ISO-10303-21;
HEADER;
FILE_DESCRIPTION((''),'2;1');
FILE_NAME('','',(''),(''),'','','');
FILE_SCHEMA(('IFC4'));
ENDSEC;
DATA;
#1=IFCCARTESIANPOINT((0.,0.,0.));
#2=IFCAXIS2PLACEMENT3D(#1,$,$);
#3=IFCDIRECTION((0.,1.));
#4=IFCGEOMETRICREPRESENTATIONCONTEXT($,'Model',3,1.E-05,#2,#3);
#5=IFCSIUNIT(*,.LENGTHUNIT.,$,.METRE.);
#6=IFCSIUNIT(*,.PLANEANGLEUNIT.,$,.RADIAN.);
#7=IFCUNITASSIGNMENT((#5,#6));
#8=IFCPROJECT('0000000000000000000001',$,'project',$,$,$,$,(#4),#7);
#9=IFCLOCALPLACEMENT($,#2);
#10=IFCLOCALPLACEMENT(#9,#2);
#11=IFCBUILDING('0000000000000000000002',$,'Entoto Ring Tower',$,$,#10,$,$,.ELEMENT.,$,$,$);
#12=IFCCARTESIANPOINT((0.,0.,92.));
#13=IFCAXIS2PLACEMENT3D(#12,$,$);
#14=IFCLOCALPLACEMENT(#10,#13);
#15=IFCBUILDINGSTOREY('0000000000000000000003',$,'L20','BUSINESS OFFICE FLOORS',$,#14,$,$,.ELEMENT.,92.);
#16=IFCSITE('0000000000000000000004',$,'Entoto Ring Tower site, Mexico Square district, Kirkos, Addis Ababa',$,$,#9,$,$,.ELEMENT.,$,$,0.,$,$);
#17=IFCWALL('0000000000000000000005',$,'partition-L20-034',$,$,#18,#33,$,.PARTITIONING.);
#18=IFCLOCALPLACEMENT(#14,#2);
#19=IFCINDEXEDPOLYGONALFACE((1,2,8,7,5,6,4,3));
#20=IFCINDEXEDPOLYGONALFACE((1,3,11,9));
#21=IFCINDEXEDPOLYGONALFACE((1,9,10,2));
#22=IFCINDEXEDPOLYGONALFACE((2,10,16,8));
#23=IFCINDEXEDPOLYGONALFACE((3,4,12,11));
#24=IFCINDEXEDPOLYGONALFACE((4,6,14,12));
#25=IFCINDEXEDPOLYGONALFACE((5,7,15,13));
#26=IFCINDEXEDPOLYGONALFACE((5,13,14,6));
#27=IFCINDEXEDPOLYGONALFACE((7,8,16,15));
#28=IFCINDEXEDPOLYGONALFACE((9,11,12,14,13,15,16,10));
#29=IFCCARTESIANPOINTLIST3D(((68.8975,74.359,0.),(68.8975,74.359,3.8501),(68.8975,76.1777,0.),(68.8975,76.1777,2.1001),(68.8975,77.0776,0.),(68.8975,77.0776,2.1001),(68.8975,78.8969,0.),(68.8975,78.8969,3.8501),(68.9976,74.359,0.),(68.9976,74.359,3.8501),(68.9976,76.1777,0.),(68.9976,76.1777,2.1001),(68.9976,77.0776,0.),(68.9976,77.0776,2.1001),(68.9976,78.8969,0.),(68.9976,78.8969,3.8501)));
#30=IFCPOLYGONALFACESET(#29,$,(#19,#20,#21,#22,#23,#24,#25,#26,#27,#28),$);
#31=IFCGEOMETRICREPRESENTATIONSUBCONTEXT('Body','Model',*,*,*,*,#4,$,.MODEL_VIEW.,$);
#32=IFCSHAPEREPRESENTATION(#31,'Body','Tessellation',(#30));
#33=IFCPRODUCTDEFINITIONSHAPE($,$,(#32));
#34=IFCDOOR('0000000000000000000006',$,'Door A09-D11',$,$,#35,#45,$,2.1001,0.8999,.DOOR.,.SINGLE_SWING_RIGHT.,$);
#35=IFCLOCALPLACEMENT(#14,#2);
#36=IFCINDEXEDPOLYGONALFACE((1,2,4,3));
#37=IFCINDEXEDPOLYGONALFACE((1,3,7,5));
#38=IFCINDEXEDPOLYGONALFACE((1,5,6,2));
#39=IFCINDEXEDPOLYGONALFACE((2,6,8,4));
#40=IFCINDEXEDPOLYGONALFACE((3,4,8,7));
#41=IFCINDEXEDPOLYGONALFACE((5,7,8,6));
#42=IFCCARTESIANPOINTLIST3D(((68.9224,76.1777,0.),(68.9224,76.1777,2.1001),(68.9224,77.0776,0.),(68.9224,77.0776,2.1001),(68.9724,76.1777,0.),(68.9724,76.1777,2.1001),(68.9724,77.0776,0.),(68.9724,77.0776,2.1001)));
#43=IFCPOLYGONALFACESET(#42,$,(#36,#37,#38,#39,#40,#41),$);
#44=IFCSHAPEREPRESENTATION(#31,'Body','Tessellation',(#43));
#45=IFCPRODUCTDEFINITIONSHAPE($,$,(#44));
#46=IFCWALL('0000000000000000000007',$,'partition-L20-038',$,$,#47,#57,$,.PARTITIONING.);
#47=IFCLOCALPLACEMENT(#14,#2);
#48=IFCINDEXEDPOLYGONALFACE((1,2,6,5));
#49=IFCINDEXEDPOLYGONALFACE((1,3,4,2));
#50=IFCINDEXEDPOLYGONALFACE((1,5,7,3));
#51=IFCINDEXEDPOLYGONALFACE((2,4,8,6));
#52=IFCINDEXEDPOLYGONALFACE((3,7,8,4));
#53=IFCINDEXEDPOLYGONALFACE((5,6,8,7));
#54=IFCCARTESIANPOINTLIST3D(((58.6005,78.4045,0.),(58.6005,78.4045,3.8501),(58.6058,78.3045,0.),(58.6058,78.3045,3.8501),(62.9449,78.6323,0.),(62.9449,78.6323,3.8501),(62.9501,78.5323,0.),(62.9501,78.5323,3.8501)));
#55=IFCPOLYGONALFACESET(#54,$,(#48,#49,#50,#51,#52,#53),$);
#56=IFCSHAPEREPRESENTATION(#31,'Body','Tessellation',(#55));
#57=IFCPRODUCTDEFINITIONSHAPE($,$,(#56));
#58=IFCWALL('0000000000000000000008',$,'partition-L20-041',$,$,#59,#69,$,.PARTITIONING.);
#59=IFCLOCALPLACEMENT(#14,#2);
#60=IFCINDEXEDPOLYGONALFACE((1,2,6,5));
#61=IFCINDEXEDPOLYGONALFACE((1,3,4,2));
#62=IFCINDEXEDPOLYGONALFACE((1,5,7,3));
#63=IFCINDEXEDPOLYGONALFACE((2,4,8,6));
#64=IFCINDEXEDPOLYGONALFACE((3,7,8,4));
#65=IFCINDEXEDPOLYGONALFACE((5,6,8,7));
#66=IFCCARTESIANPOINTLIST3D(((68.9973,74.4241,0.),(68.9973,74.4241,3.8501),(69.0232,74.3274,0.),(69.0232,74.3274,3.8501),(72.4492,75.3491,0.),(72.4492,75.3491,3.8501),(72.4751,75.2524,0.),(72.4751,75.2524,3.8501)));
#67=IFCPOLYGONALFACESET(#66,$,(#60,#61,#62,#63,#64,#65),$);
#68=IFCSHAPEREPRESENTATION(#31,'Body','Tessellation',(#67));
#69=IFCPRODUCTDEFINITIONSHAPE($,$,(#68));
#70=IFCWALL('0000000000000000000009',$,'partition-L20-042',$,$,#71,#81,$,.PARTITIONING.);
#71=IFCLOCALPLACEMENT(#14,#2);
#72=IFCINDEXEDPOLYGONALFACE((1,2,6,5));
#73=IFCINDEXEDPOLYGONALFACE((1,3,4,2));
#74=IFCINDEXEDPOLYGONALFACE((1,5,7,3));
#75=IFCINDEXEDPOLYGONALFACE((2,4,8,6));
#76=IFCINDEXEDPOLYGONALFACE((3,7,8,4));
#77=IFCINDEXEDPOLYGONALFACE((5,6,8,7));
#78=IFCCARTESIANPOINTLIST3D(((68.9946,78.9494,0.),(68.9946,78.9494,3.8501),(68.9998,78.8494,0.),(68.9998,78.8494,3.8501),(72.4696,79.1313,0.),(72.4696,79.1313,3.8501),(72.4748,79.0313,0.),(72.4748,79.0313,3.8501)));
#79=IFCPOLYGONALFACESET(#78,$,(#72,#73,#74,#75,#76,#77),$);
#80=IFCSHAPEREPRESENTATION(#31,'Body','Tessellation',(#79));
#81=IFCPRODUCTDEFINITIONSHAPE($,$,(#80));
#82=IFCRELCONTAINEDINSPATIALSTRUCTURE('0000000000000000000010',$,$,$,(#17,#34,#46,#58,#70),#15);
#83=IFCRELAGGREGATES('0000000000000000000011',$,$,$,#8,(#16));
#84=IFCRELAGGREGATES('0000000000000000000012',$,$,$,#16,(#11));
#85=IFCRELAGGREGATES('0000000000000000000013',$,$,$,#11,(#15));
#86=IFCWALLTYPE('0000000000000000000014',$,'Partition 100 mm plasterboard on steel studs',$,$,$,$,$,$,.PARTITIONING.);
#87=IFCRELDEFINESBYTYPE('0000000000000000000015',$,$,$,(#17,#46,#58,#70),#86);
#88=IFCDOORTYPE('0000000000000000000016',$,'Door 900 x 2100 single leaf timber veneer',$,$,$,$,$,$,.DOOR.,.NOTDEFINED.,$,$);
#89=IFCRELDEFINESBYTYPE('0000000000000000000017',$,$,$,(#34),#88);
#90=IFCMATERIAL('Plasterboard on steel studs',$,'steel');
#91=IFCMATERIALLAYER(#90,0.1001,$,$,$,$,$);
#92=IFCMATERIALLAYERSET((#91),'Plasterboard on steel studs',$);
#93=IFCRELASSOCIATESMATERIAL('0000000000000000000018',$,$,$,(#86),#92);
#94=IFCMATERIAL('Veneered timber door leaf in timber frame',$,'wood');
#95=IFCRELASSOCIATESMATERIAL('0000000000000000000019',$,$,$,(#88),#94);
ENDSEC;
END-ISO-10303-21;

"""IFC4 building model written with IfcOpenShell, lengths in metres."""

from ifc_helpers import new_model, si_unit, direction, frame, frame_2d, origin, place, context, subcontext, project, spatial, rectangle, extrude, material, layer, layer_set, type_object, element, fill, save


model = new_model("IFC4")

# Units and contexts
model_context = context("Model", 3, precision=1e-05, world=origin(), true_north=direction((0.0, 1.0)))
body_context = subcontext(model_context, "Body", "Model", "MODEL_VIEW")
ifc_project = project(units=[si_unit("LENGTHUNIT", "METRE"), si_unit("PLANEANGLEUNIT", "RADIAN")], contexts=[model_context])

# Site, building, storey
site_placement = place(None, origin())
site = spatial("IfcSite", under=ifc_project, at=site_placement, Name="Entoto Ring Tower site, Mexico Square district, Kirkos, Addis Ababa", CompositionType="ELEMENT", RefElevation=0.0)
building_placement = place(site_placement, origin())
building = spatial("IfcBuilding", under=site, at=building_placement, Name="Entoto Ring Tower", CompositionType="ELEMENT")
storey_placement = place(building_placement, frame((0.0, 0.0, 92.0)))
storey = spatial("IfcBuildingStorey", under=building, at=storey_placement, Name="L20", Description="BUSINESS OFFICE FLOORS", CompositionType="ELEMENT", Elevation=92.0)

# Shared definitions
ifc_material_1 = material(Name="Plasterboard on steel studs", Category="steel")
ifc_layer = layer(ifc_material_1, 0.1001)
ifc_layer_set = layer_set([ifc_layer], Name="Plasterboard on steel studs")
wall_type = type_object("IfcWallType", Name="Partition 100 mm plasterboard on steel studs", PredefinedType="PARTITIONING", material=ifc_layer_set)
ifc_material_2 = material(Name="Veneered timber door leaf in timber frame", Category="wood")
door_type = type_object("IfcDoorType", Name="Door 900 x 2100 single leaf timber veneer", OperationType="NOTDEFINED", PredefinedType="DOOR", material=ifc_material_2)

# Wall, opening, door
wall_1_placement = place(storey_placement, frame((68.9475, 74.3589, 0.0), z_axis=(0.0, 0.0, 1.0), x_axis=(0.0, 1.0, 0.0)))
wall_1 = element("IfcWall", 1, at=wall_1_placement, inside=storey, type_object=wall_type, Name="partition-L20-034", PredefinedType="PARTITIONING", context=body_context, shape_type="SweptSolid", body=[
    extrude(rectangle(XDim=4.5378, YDim=0.1001, at=frame_2d((2.269, 0.0))), origin(), (0.0, 0.0, 1.0), 3.8501),
])
opening_1_placement = place(wall_1_placement, frame((1.8188, 0.0, 0.0)))
opening_1 = element("IfcOpeningElement", 2, at=opening_1_placement, cuts=wall_1, PredefinedType="OPENING", context=body_context, shape_type="SweptSolid", body=[
    extrude(rectangle(XDim=0.8999, YDim=2.1001, at=frame_2d((0.45, 1.05))), frame((0.0, 0.0601, 0.0), z_axis=(0.0, -1.0, 0.0), x_axis=(1.0, 0.0, 0.0)), (0.0, 0.0, 1.0), 0.1201),
])
door_1_placement = place(opening_1_placement, frame((0.8999, 0.0, 0.0), z_axis=(0.0, 0.0, 1.0), x_axis=(-1.0, 0.0, 0.0)))
door_1 = element("IfcDoor", 3, at=door_1_placement, inside=storey, type_object=door_type, Name="Door A09-D11", OperationType="SINGLE_SWING_RIGHT", OverallHeight=2.1001, OverallWidth=0.8999, PredefinedType="DOOR", context=body_context, shape_type="SweptSolid", body=[
    extrude(rectangle(XDim=0.8999, YDim=2.1001, at=frame_2d((0.45, 1.05))), frame((0.0, 0.0249, 0.0), z_axis=(0.0, -1.0, 0.0), x_axis=(1.0, 0.0, 0.0)), (0.0, 0.0, 1.0), 0.05),
])
fill(opening_1, door_1)

# Walls
wall_2_placement = place(storey_placement, frame((58.603, 78.3545, 0.0), z_axis=(0.0, 0.0, 1.0), x_axis=(0.998628, 0.052359, 0.0)))
element("IfcWall", 4, at=wall_2_placement, inside=storey, type_object=wall_type, Name="partition-L20-038", PredefinedType="PARTITIONING", context=body_context, shape_type="SweptSolid", body=[
    extrude(rectangle(XDim=4.3503, YDim=0.1001, at=frame_2d((2.1753, 0.0))), origin(), (0.0, 0.0, 1.0), 3.8501),
])
wall_3_placement = place(storey_placement, frame((69.0103, 74.3757, 0.0), z_axis=(0.0, 0.0, 1.0), x_axis=(0.965918, 0.258849, 0.0)))
element("IfcWall", 5, at=wall_3_placement, inside=storey, type_object=wall_type, Name="partition-L20-041", PredefinedType="PARTITIONING", context=body_context, shape_type="SweptSolid", body=[
    extrude(rectangle(XDim=3.5737, YDim=0.1001, at=frame_2d((1.7869, 0.0))), origin(), (0.0, 0.0, 1.0), 3.8501),
])
wall_4_placement = place(storey_placement, frame((68.9973, 78.8994, 0.0), z_axis=(0.0, 0.0, 1.0), x_axis=(0.998633, 0.052268, 0.0)))
element("IfcWall", 6, at=wall_4_placement, inside=storey, type_object=wall_type, Name="partition-L20-042", PredefinedType="PARTITIONING", context=body_context, shape_type="SweptSolid", body=[
    extrude(rectangle(XDim=3.4797, YDim=0.1001, at=frame_2d((1.7397, 0.0))), origin(), (0.0, 0.0, 1.0), 3.8501),
])

save(model, "model.ifc")
